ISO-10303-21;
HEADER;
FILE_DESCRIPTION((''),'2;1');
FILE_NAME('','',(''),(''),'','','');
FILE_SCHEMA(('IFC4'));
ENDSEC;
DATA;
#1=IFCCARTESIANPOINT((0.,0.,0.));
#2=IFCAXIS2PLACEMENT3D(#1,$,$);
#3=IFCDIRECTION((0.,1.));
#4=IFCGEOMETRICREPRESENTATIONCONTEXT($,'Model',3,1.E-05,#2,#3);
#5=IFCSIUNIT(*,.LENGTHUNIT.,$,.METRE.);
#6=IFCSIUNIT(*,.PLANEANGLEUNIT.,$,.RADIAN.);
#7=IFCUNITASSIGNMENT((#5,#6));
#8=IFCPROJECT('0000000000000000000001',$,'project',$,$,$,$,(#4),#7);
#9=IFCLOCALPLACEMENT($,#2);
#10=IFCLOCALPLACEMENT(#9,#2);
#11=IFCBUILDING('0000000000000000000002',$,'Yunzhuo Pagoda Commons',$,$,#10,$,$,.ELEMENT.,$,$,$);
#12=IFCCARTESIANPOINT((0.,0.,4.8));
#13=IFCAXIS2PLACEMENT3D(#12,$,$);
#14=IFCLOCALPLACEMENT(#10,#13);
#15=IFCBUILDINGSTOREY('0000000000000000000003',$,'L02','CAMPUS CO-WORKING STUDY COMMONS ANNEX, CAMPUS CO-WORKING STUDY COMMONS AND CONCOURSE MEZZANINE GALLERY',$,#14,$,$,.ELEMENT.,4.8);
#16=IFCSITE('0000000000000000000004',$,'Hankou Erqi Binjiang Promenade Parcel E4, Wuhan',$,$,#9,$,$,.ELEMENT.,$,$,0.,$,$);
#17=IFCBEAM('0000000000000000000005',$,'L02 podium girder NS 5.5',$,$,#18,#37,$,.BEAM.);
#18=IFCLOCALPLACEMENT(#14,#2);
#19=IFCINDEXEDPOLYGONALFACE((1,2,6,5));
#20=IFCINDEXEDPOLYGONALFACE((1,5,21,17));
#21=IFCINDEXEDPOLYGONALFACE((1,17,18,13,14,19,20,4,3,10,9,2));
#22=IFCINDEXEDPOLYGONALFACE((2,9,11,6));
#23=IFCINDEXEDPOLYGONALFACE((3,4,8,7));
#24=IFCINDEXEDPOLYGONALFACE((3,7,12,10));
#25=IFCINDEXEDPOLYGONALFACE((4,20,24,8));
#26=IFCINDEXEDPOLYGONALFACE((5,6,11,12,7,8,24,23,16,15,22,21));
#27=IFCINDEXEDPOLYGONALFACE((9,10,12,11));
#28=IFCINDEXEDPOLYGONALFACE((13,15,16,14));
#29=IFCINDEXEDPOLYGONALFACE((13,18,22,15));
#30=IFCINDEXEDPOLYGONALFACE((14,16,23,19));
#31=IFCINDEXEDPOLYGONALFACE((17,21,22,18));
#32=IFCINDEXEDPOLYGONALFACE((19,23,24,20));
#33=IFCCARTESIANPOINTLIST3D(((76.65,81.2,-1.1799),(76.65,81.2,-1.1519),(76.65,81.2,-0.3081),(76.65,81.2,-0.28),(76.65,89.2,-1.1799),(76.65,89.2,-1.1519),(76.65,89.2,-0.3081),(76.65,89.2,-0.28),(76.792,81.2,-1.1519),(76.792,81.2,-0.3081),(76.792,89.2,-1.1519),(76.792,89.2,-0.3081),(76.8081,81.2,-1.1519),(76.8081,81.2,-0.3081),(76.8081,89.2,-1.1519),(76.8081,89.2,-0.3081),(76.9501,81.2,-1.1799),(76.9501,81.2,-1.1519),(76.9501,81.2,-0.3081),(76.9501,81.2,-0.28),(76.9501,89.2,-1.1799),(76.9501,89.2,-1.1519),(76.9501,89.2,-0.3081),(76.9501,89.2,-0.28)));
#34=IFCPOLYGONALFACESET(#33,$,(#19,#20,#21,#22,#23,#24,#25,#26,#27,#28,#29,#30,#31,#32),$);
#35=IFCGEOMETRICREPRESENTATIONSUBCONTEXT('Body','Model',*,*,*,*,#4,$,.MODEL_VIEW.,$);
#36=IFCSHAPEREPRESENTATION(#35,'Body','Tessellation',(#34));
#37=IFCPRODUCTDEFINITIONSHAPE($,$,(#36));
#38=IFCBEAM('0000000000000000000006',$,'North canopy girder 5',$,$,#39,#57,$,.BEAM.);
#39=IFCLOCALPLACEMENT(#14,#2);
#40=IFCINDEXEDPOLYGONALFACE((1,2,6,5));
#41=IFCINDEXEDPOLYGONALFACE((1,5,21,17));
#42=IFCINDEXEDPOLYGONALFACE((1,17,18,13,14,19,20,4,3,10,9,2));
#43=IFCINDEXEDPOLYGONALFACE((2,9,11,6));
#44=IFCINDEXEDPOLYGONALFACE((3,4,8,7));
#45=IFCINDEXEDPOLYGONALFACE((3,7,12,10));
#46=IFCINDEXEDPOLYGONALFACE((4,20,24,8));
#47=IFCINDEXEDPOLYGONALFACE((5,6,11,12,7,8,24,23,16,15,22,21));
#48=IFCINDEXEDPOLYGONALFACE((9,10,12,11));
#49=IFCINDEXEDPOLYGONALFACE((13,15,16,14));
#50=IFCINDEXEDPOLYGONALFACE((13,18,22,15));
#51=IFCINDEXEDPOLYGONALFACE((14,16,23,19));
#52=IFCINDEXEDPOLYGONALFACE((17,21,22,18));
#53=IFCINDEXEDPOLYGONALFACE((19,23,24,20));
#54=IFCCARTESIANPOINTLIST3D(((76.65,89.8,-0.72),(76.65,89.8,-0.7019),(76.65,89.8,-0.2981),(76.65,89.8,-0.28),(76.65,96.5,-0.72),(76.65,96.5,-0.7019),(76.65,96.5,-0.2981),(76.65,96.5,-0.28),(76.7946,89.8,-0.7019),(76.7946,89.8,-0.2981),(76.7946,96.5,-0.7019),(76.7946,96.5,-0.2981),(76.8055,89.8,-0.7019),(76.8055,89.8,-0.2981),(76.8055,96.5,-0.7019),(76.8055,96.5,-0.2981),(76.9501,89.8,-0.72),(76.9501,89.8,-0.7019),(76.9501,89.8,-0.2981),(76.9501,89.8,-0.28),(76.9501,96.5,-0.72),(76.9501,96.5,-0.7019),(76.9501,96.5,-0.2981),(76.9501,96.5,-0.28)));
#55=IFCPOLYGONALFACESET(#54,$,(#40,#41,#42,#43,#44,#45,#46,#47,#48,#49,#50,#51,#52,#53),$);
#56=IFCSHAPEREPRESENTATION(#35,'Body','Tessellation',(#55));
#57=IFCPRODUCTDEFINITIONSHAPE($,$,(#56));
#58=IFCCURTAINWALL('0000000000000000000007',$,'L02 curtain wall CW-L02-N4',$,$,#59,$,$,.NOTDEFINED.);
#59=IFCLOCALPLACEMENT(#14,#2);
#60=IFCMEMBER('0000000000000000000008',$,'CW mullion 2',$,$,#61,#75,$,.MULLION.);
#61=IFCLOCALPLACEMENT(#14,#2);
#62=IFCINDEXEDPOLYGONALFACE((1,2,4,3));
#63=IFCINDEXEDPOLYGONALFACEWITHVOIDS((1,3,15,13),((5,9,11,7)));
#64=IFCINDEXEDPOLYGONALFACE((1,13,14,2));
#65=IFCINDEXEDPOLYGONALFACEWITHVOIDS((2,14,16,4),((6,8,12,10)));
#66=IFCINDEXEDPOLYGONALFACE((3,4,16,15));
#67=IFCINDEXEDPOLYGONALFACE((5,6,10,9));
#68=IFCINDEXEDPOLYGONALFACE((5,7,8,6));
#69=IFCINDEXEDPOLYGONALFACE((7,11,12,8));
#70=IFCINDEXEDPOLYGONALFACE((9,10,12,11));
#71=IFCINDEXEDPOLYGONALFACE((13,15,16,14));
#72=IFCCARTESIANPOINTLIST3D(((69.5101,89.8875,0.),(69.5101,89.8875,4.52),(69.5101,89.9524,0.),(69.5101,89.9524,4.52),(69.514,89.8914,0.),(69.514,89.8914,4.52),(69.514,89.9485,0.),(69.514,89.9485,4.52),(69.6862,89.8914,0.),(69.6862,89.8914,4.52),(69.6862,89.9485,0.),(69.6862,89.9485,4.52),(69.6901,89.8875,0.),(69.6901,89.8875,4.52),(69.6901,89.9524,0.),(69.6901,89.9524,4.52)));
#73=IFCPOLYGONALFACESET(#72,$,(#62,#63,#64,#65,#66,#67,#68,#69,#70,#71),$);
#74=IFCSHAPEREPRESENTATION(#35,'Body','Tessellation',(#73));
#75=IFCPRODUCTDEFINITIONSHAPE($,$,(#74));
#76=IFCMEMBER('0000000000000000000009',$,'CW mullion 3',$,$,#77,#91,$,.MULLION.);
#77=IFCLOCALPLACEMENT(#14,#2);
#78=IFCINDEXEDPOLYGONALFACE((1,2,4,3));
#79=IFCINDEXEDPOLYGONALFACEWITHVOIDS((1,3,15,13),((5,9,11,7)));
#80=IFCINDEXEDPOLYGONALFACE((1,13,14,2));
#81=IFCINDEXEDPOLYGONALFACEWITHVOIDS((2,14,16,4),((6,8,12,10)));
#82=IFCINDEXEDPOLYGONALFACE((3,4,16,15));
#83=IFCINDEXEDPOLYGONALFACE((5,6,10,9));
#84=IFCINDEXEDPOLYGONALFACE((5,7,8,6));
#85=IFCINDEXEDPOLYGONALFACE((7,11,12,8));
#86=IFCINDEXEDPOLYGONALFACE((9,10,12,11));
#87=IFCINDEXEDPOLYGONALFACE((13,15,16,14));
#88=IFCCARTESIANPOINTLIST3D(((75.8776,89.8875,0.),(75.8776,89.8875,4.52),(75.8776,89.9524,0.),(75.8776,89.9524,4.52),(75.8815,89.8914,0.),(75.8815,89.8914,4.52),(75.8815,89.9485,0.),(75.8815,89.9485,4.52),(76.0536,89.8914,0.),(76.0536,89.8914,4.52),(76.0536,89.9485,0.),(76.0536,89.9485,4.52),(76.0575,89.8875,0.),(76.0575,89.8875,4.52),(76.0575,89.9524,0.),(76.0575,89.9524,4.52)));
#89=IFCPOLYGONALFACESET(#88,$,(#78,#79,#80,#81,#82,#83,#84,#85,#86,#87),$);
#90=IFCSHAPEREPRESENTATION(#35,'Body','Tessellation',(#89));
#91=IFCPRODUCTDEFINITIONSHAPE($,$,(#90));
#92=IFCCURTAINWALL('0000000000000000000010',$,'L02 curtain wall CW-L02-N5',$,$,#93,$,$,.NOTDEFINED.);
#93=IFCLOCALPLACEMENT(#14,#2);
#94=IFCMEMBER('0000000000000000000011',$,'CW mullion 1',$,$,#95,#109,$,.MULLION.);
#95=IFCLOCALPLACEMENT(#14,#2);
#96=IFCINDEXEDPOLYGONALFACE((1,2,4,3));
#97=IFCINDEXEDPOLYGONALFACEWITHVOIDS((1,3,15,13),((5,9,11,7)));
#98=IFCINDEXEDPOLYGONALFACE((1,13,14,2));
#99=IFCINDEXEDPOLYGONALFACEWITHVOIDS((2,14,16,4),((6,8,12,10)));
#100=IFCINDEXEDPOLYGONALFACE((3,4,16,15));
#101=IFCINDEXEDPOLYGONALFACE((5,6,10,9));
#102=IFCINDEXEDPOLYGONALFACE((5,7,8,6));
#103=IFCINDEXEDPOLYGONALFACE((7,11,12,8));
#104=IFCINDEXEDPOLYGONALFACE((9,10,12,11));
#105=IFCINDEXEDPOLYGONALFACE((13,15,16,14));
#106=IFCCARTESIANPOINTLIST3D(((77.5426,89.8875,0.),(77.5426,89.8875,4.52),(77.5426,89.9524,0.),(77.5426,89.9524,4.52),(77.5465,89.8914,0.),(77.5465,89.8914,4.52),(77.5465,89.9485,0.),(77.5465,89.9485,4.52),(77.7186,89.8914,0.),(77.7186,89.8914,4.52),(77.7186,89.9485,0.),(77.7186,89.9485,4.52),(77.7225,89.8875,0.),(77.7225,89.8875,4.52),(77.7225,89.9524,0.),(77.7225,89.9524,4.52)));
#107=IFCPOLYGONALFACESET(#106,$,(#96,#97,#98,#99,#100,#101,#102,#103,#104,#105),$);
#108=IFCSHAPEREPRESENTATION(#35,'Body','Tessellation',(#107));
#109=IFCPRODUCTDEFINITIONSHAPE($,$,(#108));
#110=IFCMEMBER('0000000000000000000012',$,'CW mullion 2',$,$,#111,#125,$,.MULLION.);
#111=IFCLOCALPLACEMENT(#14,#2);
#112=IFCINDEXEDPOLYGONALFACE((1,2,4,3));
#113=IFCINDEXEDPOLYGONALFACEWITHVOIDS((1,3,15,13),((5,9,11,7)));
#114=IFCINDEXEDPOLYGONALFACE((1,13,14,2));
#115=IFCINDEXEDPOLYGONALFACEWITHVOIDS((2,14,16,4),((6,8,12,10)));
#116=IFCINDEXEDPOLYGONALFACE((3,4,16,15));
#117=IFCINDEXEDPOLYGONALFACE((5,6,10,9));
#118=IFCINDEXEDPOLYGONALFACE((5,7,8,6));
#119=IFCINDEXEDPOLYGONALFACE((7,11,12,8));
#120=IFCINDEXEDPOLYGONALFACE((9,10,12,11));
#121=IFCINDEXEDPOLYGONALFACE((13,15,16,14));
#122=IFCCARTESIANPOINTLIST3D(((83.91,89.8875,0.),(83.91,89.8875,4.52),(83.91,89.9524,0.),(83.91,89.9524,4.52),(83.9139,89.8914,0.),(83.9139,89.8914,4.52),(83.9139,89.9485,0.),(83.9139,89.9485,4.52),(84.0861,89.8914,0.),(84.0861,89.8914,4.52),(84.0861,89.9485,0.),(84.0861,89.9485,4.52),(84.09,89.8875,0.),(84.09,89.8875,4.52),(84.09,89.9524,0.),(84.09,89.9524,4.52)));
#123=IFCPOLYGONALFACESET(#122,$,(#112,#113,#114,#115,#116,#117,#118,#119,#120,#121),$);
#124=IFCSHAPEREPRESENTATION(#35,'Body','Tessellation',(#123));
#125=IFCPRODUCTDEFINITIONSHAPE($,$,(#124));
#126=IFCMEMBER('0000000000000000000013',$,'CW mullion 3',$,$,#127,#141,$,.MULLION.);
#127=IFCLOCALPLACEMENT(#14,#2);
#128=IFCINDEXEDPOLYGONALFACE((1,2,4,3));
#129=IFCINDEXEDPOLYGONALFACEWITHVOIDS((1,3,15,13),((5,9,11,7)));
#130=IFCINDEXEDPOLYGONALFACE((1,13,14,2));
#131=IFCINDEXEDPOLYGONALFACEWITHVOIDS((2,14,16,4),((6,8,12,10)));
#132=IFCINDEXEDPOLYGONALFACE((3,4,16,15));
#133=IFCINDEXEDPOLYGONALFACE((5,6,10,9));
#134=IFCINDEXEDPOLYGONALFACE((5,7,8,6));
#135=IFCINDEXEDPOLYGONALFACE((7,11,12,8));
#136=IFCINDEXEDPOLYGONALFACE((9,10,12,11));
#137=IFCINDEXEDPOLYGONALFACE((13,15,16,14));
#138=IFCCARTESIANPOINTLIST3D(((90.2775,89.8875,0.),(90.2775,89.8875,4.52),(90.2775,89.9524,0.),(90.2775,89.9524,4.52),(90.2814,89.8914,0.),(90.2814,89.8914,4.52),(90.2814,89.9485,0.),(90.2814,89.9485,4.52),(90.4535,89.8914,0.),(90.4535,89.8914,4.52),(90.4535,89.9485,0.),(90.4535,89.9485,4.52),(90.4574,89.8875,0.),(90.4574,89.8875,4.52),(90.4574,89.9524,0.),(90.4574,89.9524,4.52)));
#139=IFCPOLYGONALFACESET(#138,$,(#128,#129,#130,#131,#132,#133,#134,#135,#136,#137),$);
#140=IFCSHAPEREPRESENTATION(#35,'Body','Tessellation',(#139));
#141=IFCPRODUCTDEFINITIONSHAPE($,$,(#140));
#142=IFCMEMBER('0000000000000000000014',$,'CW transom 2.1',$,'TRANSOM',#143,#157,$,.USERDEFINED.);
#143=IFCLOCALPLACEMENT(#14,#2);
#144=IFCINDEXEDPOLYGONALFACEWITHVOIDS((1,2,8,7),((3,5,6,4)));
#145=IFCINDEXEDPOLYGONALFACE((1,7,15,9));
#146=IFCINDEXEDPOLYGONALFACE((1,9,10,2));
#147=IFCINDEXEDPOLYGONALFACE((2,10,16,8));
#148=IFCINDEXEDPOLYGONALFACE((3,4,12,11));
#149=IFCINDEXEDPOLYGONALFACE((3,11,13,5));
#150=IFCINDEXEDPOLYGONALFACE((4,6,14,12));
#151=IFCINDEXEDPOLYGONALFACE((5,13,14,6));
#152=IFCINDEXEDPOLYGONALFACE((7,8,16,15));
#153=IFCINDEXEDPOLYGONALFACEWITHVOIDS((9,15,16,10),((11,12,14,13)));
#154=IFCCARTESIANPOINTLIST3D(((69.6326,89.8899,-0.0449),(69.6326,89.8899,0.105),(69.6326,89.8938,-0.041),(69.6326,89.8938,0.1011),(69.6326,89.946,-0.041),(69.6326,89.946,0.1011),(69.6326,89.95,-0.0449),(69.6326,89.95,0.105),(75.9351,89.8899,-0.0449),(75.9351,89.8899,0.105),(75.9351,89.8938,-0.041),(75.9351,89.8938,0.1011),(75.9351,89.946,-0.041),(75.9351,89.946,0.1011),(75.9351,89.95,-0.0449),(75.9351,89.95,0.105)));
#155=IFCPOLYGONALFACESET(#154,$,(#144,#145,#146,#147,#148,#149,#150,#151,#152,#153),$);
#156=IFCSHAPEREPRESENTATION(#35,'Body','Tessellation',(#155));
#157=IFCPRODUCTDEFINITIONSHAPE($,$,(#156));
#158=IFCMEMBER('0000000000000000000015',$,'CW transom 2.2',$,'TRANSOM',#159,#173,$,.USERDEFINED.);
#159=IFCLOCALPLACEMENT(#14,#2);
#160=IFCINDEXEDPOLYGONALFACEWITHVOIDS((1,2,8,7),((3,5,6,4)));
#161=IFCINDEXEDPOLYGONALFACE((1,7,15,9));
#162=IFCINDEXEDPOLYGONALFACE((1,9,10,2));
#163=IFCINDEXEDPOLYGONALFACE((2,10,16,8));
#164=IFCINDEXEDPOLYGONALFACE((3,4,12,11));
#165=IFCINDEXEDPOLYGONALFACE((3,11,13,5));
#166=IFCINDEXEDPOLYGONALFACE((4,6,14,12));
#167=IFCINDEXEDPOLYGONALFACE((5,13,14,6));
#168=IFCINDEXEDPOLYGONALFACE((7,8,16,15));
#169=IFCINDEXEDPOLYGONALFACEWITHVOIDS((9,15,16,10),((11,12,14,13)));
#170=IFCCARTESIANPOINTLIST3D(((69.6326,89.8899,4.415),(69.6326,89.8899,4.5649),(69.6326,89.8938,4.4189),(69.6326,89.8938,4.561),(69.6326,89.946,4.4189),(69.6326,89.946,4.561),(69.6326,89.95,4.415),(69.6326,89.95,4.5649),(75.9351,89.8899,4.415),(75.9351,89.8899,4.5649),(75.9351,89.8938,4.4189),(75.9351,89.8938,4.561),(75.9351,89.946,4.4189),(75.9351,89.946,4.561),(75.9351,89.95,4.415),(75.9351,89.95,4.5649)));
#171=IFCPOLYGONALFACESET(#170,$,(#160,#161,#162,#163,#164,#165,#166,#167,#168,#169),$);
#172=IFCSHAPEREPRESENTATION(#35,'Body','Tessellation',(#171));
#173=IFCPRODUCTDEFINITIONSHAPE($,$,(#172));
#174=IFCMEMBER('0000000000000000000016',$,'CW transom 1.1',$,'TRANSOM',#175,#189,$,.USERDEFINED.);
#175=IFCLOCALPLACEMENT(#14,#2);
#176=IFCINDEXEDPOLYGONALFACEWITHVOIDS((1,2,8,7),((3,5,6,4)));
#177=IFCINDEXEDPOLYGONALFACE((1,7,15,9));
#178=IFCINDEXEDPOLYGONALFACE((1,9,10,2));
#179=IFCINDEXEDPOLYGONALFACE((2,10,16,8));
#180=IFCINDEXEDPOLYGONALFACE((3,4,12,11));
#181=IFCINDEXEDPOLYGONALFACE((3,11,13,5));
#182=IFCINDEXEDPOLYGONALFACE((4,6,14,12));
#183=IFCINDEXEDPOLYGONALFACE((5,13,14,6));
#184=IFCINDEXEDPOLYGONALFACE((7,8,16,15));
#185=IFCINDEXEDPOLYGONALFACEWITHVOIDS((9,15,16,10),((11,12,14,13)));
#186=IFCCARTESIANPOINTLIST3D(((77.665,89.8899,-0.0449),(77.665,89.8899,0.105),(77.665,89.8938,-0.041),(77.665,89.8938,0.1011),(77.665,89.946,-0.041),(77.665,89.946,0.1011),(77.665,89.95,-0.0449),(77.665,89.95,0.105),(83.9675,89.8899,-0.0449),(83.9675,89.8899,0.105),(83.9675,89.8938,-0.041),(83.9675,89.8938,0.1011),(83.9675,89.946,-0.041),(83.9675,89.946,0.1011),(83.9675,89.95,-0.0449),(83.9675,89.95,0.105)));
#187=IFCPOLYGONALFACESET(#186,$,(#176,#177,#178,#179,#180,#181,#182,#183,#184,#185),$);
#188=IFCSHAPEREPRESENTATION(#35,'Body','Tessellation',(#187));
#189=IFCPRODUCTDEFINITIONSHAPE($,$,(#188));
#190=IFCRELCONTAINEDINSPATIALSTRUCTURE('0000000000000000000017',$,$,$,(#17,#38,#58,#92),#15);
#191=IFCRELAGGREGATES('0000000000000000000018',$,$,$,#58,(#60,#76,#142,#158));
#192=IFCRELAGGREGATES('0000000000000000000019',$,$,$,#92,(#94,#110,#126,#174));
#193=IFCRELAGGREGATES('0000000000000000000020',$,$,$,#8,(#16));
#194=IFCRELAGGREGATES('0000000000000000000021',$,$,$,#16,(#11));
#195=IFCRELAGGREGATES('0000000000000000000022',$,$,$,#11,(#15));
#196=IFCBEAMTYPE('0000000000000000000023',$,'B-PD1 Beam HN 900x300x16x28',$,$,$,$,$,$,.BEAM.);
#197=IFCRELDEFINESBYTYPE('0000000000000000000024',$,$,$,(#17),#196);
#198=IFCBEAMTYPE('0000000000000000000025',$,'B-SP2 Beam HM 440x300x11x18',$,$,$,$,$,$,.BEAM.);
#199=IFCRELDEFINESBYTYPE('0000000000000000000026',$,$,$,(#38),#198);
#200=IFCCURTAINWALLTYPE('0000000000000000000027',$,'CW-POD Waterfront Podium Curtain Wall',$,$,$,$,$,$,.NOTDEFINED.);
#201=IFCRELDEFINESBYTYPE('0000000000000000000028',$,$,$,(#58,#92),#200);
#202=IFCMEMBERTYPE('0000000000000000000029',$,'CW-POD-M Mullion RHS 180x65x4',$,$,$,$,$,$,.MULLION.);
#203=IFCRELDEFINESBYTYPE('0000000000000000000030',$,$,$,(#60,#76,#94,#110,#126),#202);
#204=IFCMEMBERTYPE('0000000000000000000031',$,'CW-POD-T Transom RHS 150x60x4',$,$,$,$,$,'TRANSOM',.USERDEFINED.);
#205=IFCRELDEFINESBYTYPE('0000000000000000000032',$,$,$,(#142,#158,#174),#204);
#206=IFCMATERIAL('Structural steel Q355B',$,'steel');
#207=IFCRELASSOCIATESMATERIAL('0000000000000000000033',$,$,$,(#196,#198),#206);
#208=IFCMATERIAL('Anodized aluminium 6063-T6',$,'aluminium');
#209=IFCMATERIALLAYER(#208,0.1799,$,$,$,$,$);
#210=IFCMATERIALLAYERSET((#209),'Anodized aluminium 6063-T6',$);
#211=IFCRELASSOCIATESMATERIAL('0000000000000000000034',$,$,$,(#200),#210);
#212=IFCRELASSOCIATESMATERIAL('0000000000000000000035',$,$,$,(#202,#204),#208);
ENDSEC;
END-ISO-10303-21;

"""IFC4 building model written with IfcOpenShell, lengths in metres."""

from ifc_helpers import new_model, si_unit, direction, frame, origin, origin_2d, place, context, subcontext, project, spatial, hollow_rectangle, i_section, extrude, source, transform, mapped, material, layer, layer_set, material_profile, profile_set, type_object, element, aggregate, save


model = new_model("IFC4")

# Units and contexts
model_context = context("Model", 3, precision=1e-05, world=origin(), true_north=direction((0.0, 1.0)))
body_context = subcontext(model_context, "Body", "Model", "MODEL_VIEW")
ifc_project = project(units=[si_unit("LENGTHUNIT", "METRE"), si_unit("PLANEANGLEUNIT", "RADIAN")], contexts=[model_context])

# Site, building, storey
site_placement = place(None, origin())
site = spatial("IfcSite", under=ifc_project, at=site_placement, Name="Hankou Erqi Binjiang Promenade Parcel E4, Wuhan", CompositionType="ELEMENT", RefElevation=0.0)
building_placement = place(site_placement, origin())
building = spatial("IfcBuilding", under=site, at=building_placement, Name="Yunzhuo Pagoda Commons", CompositionType="ELEMENT")
storey_placement = place(building_placement, frame((0.0, 0.0, 4.8)))
storey = spatial("IfcBuildingStorey", under=building, at=storey_placement, Name="L02", Description="CAMPUS CO-WORKING STUDY COMMONS ANNEX, CAMPUS CO-WORKING STUDY COMMONS AND CONCOURSE MEZZANINE GALLERY", CompositionType="ELEMENT", Elevation=4.8)

# Beams
ifc_material_1 = material(Name="Structural steel Q355B", Category="steel")
ifc_material_profile_1 = material_profile(ifc_material_1, i_section(OverallWidth=0.3, OverallDepth=0.8999, WebThickness=0.0161, FlangeThickness=0.0281, at=origin_2d()), Name="Structural steel Q355B")
ifc_profile_set_1 = profile_set([ifc_material_profile_1], Name="Structural steel Q355B")
beam_type_1 = type_object("IfcBeamType", Name="B-PD1 Beam HN 900x300x16x28", PredefinedType="BEAM", material=ifc_profile_set_1)
shared_shape_1 = source(origin(), body_context, "Body", "SweptSolid", [
    extrude(i_section(OverallWidth=0.3, OverallDepth=0.8999, WebThickness=0.0161, FlangeThickness=0.0281, at=origin_2d()), origin(), (0.0, 0.0, 1.0), 8.0),
])
beam_1_placement = place(storey_placement, frame((76.8, 81.2, -0.73), z_axis=(0.0, 1.0, 0.0), x_axis=(-1.0, 0.0, 0.0)))
element("IfcBeam", 1, at=beam_1_placement, inside=storey, type_object=beam_type_1, Name="L02 podium girder NS 5.5", PredefinedType="BEAM", context=body_context, shape_type="MappedRepresentation", body=[
    mapped(shared_shape_1, transform((0.0, 0.0, 0.0), scale=1.0)),
])
ifc_material_profile_2 = material_profile(ifc_material_1, i_section(OverallWidth=0.3, OverallDepth=0.4399, WebThickness=0.011, FlangeThickness=0.0181, at=origin_2d()), Name="Structural steel Q355B")
ifc_profile_set_2 = profile_set([ifc_material_profile_2], Name="Structural steel Q355B")
beam_type_2 = type_object("IfcBeamType", Name="B-SP2 Beam HM 440x300x11x18", PredefinedType="BEAM", material=ifc_profile_set_2)
shared_shape_2 = source(origin(), body_context, "Body", "SweptSolid", [
    extrude(i_section(OverallWidth=0.3, OverallDepth=0.4399, WebThickness=0.011, FlangeThickness=0.0181, at=origin_2d()), origin(), (0.0, 0.0, 1.0), 6.7),
])
beam_2_placement = place(storey_placement, frame((76.8, 89.8, -0.5), z_axis=(0.0, 1.0, 0.0), x_axis=(-1.0, 0.0, 0.0)))
element("IfcBeam", 2, at=beam_2_placement, inside=storey, type_object=beam_type_2, Name="North canopy girder 5", PredefinedType="BEAM", context=body_context, shape_type="MappedRepresentation", body=[
    mapped(shared_shape_2, transform((0.0, 0.0, 0.0), scale=1.0)),
])

# Curtain walls, members
ifc_material_2 = material(Name="Anodized aluminium 6063-T6", Category="aluminium")
ifc_layer_1 = layer(ifc_material_2, 0.1799)
ifc_layer_set_1 = layer_set([ifc_layer_1], Name="Anodized aluminium 6063-T6")
curtain_wall_type = type_object("IfcCurtainWallType", Name="CW-POD Waterfront Podium Curtain Wall", PredefinedType="NOTDEFINED", material=ifc_layer_set_1)
curtain_wall_1_placement = place(storey_placement, origin())
curtain_wall_1 = element("IfcCurtainWall", 3, at=curtain_wall_1_placement, inside=storey, type_object=curtain_wall_type, Name="L02 curtain wall CW-L02-N4", PredefinedType="NOTDEFINED")
ifc_material_profile_3 = material_profile(ifc_material_2, hollow_rectangle(XDim=0.0649, YDim=0.1799, WallThickness=0.0039, at=origin_2d()), Name="Anodized aluminium 6063-T6")
ifc_profile_set_3 = profile_set([ifc_material_profile_3], Name="Anodized aluminium 6063-T6")
member_type_1 = type_object("IfcMemberType", Name="CW-POD-M Mullion RHS 180x65x4", PredefinedType="MULLION", material=ifc_profile_set_3)
shared_shape_3 = source(origin(), body_context, "Body", "SweptSolid", [
    extrude(hollow_rectangle(XDim=0.0649, YDim=0.1799, WallThickness=0.0039, at=origin_2d()), origin(), (0.0, 0.0, 1.0), 4.52),
])
member_1_placement = place(storey_placement, frame((69.6001, 89.9199, 0.0), z_axis=(0.0, 0.0, 1.0), x_axis=(0.0, 1.0, 0.0)))
member_1 = element("IfcMember", 4, at=member_1_placement, type_object=member_type_1, Name="CW mullion 2", PredefinedType="MULLION", context=body_context, shape_type="MappedRepresentation", body=[
    mapped(shared_shape_3, transform((0.0, 0.0, 0.0), scale=1.0)),
])
member_2_placement = place(storey_placement, frame((75.9675, 89.9199, 0.0), z_axis=(0.0, 0.0, 1.0), x_axis=(0.0, 1.0, 0.0)))
member_2 = element("IfcMember", 5, at=member_2_placement, type_object=member_type_1, Name="CW mullion 3", PredefinedType="MULLION", context=body_context, shape_type="MappedRepresentation", body=[
    mapped(shared_shape_3, transform((0.0, 0.0, 0.0), scale=1.0)),
])
curtain_wall_2_placement = place(storey_placement, origin())
curtain_wall_2 = element("IfcCurtainWall", 6, at=curtain_wall_2_placement, inside=storey, type_object=curtain_wall_type, Name="L02 curtain wall CW-L02-N5", PredefinedType="NOTDEFINED")
member_3_placement = place(storey_placement, frame((77.6326, 89.9199, 0.0), z_axis=(0.0, 0.0, 1.0), x_axis=(0.0, 1.0, 0.0)))
member_3 = element("IfcMember", 7, at=member_3_placement, type_object=member_type_1, Name="CW mullion 1", PredefinedType="MULLION", context=body_context, shape_type="MappedRepresentation", body=[
    mapped(shared_shape_3, transform((0.0, 0.0, 0.0), scale=1.0)),
])
member_4_placement = place(storey_placement, frame((84.0, 89.9199, 0.0), z_axis=(0.0, 0.0, 1.0), x_axis=(0.0, 1.0, 0.0)))
member_4 = element("IfcMember", 8, at=member_4_placement, type_object=member_type_1, Name="CW mullion 2", PredefinedType="MULLION", context=body_context, shape_type="MappedRepresentation", body=[
    mapped(shared_shape_3, transform((0.0, 0.0, 0.0), scale=1.0)),
])
member_5_placement = place(storey_placement, frame((90.3674, 89.9199, 0.0), z_axis=(0.0, 0.0, 1.0), x_axis=(0.0, 1.0, 0.0)))
member_5 = element("IfcMember", 9, at=member_5_placement, type_object=member_type_1, Name="CW mullion 3", PredefinedType="MULLION", context=body_context, shape_type="MappedRepresentation", body=[
    mapped(shared_shape_3, transform((0.0, 0.0, 0.0), scale=1.0)),
])

# Members
ifc_material_profile_4 = material_profile(ifc_material_2, hollow_rectangle(XDim=0.0601, YDim=0.1499, WallThickness=0.0039, at=origin_2d()), Name="Anodized aluminium 6063-T6")
ifc_profile_set_4 = profile_set([ifc_material_profile_4], Name="Anodized aluminium 6063-T6")
member_type_2 = type_object("IfcMemberType", Name="CW-POD-T Transom RHS 150x60x4", ElementType="TRANSOM", PredefinedType="USERDEFINED", material=ifc_profile_set_4)
shared_shape_4 = source(origin(), body_context, "Body", "SweptSolid", [
    extrude(hollow_rectangle(XDim=0.0601, YDim=0.1499, WallThickness=0.0039, at=origin_2d()), origin(), (0.0, 0.0, 1.0), 6.3025),
])
member_6_placement = place(storey_placement, frame((69.6326, 89.9199, 0.03), z_axis=(1.0, 0.0, 0.0), x_axis=(0.0, 1.0, 0.0)))
member_6 = element("IfcMember", 10, at=member_6_placement, type_object=member_type_2, Name="CW transom 2.1", ObjectType="TRANSOM", PredefinedType="USERDEFINED", context=body_context, shape_type="MappedRepresentation", body=[
    mapped(shared_shape_4, transform((0.0, 0.0, 0.0), scale=1.0)),
])
member_7_placement = place(storey_placement, frame((69.6326, 89.9199, 4.49), z_axis=(1.0, 0.0, 0.0), x_axis=(0.0, 1.0, 0.0)))
member_7 = element("IfcMember", 11, at=member_7_placement, type_object=member_type_2, Name="CW transom 2.2", ObjectType="TRANSOM", PredefinedType="USERDEFINED", context=body_context, shape_type="MappedRepresentation", body=[
    mapped(shared_shape_4, transform((0.0, 0.0, 0.0), scale=1.0)),
])
member_8_placement = place(storey_placement, frame((77.665, 89.9199, 0.03), z_axis=(1.0, 0.0, 0.0), x_axis=(0.0, 1.0, 0.0)))
member_8 = element("IfcMember", 12, at=member_8_placement, type_object=member_type_2, Name="CW transom 1.1", ObjectType="TRANSOM", PredefinedType="USERDEFINED", context=body_context, shape_type="MappedRepresentation", body=[
    mapped(shared_shape_4, transform((0.0, 0.0, 0.0), scale=1.0)),
])

aggregate(curtain_wall_1, [member_1, member_2, member_6, member_7])
aggregate(curtain_wall_2, [member_3, member_4, member_5, member_8])

save(model, "model.ifc")
